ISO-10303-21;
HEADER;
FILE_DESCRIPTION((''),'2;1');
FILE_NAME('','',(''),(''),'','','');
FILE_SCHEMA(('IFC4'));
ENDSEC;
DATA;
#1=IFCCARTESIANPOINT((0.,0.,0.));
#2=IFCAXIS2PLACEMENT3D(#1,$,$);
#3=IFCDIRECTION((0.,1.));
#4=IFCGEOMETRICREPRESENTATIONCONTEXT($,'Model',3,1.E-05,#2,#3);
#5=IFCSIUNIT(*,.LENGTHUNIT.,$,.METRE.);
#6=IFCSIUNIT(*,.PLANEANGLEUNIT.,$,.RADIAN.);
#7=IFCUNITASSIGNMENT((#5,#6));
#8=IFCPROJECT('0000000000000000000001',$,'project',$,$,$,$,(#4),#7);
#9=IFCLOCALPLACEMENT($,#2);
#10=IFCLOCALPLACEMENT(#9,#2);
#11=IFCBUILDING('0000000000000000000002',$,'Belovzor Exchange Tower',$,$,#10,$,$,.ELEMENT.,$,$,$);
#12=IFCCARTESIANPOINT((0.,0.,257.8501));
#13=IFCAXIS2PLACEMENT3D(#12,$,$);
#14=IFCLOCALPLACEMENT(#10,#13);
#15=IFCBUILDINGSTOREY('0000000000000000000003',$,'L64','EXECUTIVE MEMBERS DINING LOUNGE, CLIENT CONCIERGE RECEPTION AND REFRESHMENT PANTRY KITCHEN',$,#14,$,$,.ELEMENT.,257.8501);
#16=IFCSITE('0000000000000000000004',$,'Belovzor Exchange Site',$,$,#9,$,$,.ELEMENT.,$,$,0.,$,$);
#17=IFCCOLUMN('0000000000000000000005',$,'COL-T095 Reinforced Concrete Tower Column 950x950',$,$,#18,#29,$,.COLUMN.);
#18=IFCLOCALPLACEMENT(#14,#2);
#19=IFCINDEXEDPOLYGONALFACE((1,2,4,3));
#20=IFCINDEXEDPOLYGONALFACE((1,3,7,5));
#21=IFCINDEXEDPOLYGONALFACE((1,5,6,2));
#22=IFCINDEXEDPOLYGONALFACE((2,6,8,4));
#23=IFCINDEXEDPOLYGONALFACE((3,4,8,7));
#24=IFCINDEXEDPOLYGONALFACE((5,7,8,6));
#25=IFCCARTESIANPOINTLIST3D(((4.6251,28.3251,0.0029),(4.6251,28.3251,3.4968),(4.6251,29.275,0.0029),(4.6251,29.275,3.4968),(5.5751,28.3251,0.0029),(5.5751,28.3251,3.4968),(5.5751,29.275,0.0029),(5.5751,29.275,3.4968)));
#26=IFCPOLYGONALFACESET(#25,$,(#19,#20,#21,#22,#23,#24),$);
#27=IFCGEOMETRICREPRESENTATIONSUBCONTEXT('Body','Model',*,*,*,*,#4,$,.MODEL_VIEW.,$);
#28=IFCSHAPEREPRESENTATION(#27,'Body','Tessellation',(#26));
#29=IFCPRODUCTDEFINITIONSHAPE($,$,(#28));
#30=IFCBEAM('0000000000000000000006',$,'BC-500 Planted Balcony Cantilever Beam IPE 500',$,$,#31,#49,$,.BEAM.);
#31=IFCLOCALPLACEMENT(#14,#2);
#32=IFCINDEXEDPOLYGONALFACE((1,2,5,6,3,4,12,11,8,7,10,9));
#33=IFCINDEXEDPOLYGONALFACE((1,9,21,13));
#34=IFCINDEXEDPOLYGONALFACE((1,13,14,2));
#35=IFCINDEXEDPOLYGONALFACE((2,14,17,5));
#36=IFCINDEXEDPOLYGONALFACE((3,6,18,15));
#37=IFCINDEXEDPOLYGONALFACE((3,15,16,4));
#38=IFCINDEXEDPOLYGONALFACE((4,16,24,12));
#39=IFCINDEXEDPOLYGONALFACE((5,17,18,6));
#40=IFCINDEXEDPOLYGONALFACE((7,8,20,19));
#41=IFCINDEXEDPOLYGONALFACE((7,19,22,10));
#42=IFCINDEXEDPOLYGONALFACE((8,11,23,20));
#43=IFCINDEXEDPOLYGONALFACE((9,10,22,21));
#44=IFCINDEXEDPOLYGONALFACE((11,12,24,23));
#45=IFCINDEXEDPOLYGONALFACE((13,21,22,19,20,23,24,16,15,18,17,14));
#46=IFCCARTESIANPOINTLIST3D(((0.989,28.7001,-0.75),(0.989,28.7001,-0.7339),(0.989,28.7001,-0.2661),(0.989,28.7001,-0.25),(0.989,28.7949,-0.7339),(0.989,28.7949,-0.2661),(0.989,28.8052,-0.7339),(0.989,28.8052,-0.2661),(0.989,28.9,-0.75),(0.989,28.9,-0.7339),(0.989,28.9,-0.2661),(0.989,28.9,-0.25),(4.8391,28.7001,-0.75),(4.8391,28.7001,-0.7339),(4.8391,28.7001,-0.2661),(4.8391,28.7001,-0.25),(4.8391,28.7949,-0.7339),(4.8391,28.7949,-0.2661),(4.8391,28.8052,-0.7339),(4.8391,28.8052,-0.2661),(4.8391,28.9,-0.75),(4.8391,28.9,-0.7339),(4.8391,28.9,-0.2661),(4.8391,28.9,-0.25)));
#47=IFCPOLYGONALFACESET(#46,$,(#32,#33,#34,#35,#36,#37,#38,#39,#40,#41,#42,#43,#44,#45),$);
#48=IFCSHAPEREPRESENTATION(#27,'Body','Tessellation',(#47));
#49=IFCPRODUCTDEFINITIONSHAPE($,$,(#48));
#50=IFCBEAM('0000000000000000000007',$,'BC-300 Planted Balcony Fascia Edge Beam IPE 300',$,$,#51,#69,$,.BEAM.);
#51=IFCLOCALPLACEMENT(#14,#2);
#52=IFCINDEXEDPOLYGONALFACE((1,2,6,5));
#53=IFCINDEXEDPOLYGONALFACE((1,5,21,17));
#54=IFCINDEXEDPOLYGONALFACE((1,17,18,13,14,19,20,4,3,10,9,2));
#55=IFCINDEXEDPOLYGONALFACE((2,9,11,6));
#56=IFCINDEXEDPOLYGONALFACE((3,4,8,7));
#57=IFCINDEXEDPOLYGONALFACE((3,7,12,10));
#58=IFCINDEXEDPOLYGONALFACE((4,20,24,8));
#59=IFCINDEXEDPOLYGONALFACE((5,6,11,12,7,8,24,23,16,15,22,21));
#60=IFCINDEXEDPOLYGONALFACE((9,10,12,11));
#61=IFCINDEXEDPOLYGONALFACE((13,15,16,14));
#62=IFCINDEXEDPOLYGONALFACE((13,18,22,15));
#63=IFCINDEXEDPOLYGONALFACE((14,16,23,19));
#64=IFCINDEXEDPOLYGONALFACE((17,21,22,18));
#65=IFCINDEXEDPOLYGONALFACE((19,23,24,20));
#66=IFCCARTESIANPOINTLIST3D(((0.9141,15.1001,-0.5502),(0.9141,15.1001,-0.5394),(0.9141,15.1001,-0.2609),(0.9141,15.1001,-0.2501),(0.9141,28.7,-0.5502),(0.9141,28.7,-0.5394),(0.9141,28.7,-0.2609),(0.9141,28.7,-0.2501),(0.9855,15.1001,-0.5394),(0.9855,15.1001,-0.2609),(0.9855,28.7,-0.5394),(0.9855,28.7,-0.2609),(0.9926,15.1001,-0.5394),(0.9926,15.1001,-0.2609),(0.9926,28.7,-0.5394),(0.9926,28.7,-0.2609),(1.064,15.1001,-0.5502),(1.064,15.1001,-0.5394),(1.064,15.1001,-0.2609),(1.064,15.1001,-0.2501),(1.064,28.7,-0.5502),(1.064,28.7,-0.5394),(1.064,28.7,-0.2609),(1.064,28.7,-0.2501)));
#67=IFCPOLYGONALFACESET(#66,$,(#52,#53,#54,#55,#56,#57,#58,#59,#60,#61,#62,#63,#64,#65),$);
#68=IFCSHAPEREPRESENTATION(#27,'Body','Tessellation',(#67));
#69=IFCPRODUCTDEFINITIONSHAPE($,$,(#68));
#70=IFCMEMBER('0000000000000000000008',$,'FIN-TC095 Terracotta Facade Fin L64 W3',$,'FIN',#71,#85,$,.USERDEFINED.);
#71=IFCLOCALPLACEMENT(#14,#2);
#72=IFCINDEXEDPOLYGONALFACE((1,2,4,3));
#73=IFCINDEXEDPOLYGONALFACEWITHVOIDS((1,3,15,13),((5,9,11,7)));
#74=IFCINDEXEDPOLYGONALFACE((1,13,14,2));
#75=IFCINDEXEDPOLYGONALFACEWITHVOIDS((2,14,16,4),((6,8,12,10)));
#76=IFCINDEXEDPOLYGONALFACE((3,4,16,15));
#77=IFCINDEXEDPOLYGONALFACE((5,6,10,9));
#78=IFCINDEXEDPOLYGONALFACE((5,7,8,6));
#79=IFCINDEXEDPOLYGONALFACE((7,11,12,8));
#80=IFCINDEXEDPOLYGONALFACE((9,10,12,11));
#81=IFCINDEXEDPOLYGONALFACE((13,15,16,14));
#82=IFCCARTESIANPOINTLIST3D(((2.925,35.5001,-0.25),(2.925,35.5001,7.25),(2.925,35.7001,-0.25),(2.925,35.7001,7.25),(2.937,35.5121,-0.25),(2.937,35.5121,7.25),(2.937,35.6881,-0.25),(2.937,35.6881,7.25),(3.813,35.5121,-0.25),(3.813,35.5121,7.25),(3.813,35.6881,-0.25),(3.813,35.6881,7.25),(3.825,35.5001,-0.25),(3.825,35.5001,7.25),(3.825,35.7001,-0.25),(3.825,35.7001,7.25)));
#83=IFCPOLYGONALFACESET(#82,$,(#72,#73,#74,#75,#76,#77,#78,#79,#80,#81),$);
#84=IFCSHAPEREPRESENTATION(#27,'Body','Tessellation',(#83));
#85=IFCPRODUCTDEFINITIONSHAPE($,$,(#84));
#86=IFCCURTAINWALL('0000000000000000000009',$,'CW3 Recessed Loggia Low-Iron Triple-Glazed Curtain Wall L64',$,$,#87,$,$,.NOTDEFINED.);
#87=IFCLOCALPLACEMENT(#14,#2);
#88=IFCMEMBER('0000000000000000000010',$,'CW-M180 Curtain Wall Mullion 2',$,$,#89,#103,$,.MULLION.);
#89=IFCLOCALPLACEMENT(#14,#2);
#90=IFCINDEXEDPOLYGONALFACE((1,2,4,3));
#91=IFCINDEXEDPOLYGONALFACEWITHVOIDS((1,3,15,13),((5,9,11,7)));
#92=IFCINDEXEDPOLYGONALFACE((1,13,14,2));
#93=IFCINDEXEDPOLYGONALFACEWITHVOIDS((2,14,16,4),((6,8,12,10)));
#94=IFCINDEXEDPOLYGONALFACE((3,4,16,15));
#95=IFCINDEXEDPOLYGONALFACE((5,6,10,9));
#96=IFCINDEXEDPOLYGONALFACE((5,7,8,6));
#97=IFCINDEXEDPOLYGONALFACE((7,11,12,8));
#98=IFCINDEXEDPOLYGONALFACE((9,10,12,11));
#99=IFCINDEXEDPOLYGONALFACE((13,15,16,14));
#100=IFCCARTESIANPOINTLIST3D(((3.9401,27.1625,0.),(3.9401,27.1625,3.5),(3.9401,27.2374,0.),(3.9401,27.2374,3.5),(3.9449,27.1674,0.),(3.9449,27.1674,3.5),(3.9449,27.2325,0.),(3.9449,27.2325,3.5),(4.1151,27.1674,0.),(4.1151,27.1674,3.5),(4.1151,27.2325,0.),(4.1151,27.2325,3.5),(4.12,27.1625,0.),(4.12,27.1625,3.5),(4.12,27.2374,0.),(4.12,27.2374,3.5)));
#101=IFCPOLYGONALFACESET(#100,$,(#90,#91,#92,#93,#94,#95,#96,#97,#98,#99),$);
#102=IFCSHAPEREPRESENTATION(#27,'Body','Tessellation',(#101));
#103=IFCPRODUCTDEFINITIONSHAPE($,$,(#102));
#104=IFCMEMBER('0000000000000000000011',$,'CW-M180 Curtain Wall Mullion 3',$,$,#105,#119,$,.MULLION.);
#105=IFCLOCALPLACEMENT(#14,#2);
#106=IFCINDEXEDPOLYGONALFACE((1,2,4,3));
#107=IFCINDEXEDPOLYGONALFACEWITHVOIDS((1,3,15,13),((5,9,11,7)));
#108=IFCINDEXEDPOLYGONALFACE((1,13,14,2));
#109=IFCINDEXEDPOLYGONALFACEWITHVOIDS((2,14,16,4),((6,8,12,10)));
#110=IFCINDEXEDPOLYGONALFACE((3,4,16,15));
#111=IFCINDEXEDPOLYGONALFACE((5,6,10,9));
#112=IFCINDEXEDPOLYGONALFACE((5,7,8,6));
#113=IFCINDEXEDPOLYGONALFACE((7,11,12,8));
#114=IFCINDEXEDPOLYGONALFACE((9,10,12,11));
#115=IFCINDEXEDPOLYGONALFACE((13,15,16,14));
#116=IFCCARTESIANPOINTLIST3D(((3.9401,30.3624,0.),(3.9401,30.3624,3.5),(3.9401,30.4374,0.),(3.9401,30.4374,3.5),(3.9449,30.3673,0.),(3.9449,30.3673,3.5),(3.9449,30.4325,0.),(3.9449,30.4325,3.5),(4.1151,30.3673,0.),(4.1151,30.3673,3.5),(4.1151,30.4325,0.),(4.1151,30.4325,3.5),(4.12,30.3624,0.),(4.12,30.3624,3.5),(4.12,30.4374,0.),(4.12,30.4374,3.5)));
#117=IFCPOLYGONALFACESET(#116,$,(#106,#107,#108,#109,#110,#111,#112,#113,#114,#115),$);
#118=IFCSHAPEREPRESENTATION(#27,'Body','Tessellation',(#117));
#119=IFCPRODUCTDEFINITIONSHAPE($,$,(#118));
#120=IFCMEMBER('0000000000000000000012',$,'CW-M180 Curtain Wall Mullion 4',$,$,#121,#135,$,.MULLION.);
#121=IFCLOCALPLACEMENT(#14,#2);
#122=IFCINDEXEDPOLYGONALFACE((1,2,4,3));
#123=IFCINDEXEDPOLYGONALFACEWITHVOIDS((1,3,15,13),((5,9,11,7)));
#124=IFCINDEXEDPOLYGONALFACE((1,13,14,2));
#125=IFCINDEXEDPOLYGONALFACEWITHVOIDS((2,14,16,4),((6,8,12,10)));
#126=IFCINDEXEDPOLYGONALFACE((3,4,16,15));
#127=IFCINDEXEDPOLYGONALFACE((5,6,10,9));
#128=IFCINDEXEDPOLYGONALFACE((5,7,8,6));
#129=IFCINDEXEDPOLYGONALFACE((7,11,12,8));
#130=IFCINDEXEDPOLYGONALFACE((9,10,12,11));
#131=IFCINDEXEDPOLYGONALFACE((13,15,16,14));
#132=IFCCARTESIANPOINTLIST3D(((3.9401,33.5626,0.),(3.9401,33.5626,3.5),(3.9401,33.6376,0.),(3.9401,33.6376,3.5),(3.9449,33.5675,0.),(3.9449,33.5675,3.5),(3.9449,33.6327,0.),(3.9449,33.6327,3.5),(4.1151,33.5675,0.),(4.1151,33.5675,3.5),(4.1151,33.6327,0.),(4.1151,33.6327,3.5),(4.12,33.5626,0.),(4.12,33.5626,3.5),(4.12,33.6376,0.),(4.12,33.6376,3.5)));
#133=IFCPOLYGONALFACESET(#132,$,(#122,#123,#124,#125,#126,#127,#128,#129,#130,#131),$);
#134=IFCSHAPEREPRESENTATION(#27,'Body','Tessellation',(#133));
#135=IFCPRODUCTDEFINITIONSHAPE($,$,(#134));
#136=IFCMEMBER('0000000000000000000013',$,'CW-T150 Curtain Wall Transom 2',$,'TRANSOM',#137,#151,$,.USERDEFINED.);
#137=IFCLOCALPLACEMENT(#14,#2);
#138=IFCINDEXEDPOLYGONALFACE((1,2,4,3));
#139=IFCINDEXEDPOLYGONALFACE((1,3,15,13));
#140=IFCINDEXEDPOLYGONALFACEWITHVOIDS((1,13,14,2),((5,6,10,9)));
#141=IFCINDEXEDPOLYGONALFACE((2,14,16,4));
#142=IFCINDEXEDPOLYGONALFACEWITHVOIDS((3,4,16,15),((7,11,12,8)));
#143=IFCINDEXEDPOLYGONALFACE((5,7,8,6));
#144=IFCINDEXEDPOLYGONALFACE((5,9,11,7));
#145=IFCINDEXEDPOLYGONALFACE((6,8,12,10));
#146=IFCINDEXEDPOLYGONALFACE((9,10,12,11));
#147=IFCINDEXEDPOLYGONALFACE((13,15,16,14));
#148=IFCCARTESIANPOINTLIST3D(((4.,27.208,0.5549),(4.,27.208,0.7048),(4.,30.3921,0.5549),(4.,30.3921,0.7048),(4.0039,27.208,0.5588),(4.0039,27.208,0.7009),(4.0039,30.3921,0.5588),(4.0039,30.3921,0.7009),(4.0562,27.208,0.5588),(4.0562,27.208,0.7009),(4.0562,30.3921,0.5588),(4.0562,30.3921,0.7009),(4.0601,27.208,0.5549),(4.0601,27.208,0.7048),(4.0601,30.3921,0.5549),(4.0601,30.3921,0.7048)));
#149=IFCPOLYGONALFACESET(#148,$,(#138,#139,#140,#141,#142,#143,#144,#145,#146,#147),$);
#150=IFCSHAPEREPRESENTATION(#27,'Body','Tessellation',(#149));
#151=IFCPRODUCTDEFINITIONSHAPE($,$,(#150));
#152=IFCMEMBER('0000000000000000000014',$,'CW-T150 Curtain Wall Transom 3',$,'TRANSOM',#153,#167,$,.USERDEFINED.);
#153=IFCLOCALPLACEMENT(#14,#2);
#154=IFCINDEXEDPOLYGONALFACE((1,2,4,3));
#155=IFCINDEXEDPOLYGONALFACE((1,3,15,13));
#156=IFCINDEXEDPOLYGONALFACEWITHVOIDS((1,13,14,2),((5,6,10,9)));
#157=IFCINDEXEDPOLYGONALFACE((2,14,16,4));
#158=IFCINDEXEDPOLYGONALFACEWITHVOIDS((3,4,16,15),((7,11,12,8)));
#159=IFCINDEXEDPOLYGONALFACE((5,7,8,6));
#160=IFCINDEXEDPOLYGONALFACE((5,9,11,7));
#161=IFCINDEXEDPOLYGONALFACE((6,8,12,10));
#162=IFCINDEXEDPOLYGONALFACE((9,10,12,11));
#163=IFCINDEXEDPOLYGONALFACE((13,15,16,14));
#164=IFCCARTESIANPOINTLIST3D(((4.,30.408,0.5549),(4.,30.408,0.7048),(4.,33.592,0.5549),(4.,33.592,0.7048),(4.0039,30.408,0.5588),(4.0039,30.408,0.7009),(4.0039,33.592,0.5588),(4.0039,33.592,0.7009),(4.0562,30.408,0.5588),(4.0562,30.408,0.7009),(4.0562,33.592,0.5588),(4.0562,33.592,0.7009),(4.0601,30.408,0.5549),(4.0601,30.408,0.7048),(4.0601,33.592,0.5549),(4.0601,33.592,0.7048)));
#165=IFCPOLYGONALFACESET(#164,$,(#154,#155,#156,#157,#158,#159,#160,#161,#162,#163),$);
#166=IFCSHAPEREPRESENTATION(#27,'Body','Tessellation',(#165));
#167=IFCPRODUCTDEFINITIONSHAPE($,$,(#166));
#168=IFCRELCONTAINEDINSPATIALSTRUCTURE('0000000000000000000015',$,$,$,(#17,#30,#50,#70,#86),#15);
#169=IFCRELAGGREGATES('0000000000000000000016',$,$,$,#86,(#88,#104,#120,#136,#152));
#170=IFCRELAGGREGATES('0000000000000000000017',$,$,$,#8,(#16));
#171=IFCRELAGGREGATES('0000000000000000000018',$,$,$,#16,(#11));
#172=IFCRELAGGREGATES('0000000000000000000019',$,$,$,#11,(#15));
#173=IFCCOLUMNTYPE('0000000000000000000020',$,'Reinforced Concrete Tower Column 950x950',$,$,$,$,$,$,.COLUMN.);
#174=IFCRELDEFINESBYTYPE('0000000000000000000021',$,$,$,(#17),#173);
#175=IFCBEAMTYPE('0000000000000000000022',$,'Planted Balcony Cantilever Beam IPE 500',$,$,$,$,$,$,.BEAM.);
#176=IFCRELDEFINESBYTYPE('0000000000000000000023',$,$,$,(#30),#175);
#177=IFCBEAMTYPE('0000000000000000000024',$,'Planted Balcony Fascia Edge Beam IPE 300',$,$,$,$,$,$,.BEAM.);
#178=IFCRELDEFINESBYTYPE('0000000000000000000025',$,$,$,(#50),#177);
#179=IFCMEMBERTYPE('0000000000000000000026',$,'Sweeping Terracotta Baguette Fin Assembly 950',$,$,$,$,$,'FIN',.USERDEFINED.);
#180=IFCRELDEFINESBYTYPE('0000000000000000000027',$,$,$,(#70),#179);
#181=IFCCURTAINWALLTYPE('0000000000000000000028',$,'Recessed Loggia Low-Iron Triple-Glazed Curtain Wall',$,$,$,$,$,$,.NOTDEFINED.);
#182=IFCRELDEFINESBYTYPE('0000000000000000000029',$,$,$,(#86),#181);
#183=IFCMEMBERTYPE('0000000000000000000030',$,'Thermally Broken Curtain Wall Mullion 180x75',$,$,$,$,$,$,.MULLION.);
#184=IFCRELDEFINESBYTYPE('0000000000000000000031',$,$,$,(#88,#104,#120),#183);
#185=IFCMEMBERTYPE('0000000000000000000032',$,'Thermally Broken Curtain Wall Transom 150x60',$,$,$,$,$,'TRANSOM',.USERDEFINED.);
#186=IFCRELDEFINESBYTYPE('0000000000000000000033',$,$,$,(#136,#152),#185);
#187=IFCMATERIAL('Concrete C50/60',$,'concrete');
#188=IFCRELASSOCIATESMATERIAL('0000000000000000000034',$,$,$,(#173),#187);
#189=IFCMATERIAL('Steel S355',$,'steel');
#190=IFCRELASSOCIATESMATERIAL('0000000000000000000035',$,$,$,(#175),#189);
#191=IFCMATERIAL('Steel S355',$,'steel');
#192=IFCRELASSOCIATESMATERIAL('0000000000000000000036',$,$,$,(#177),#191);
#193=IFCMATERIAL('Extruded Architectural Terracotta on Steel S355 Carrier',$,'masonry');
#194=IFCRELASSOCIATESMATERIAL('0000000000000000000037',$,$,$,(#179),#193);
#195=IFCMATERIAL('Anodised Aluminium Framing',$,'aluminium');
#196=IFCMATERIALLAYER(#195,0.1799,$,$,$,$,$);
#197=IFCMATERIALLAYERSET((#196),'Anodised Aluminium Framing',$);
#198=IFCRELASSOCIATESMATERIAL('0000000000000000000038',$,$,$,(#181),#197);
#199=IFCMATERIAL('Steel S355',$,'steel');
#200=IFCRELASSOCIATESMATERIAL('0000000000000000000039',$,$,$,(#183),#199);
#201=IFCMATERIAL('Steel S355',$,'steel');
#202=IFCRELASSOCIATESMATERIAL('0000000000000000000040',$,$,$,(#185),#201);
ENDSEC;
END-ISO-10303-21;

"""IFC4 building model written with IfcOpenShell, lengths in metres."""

from ifc_helpers import new_model, si_unit, direction, frame, origin, origin_2d, place, context, subcontext, project, spatial, rectangle, hollow_rectangle, i_section, extrude, material, layer, layer_set, material_profile, profile_set, type_object, element, aggregate, save


model = new_model("IFC4")

# Units and contexts
model_context = context("Model", 3, precision=1e-05, world=origin(), true_north=direction((0.0, 1.0)))
body_context = subcontext(model_context, "Body", "Model", "MODEL_VIEW")
ifc_project = project(units=[si_unit("LENGTHUNIT", "METRE"), si_unit("PLANEANGLEUNIT", "RADIAN")], contexts=[model_context])

# Site, building, storey
site_placement = place(None, origin())
site = spatial("IfcSite", under=ifc_project, at=site_placement, Name="Belovzor Exchange Site", CompositionType="ELEMENT", RefElevation=0.0)
building_placement = place(site_placement, origin())
building = spatial("IfcBuilding", under=site, at=building_placement, Name="Belovzor Exchange Tower", CompositionType="ELEMENT")
storey_placement = place(building_placement, frame((0.0, 0.0, 257.8501)))
storey = spatial("IfcBuildingStorey", under=building, at=storey_placement, Name="L64", Description="EXECUTIVE MEMBERS DINING LOUNGE, CLIENT CONCIERGE RECEPTION AND REFRESHMENT PANTRY KITCHEN", CompositionType="ELEMENT", Elevation=257.8501)

# Column
ifc_material_1 = material(Name="Concrete C50/60", Category="concrete")
ifc_material_profile_1 = material_profile(ifc_material_1, rectangle(XDim=0.95, YDim=0.95, at=origin_2d()))
ifc_profile_set_1 = profile_set([ifc_material_profile_1], Name="Concrete C50/60")
column_type = type_object("IfcColumnType", Name="Reinforced Concrete Tower Column 950x950", PredefinedType="COLUMN", material=ifc_profile_set_1)
column_placement = place(storey_placement, frame((5.1001, 28.8, 0.0029), z_axis=(0.0, 0.0, 1.0), x_axis=(1.0, 0.0, 0.0)))
element("IfcColumn", 1, at=column_placement, inside=storey, type_object=column_type, Name="COL-T095 Reinforced Concrete Tower Column 950x950", PredefinedType="COLUMN", context=body_context, shape_type="SweptSolid", body=[
    extrude(rectangle(XDim=0.95, YDim=0.95, at=origin_2d()), origin(), (0.0, 0.0, 1.0), 3.4939),
])

# Beams
ifc_material_2 = material(Name="Steel S355", Category="steel")
ifc_material_profile_2 = material_profile(ifc_material_2, i_section(OverallWidth=0.2, OverallDepth=0.5, WebThickness=0.0103, FlangeThickness=0.0161, at=origin_2d()))
ifc_profile_set_2 = profile_set([ifc_material_profile_2], Name="Steel S355")
beam_type_1 = type_object("IfcBeamType", Name="Planted Balcony Cantilever Beam IPE 500", PredefinedType="BEAM", material=ifc_profile_set_2)
beam_1_placement = place(storey_placement, frame((4.8391, 28.8, -0.5), z_axis=(-1.0, 0.0, 0.0), x_axis=(0.0, -1.0, 0.0)))
element("IfcBeam", 2, at=beam_1_placement, inside=storey, type_object=beam_type_1, Name="BC-500 Planted Balcony Cantilever Beam IPE 500", PredefinedType="BEAM", context=body_context, shape_type="SweptSolid", body=[
    extrude(i_section(OverallWidth=0.2, OverallDepth=0.5, WebThickness=0.0103, FlangeThickness=0.0161, at=origin_2d()), origin(), (0.0, 0.0, 1.0), 3.8501),
])
ifc_material_3 = material(Name="Steel S355", Category="steel")
ifc_material_profile_3 = material_profile(ifc_material_3, i_section(OverallWidth=0.1499, OverallDepth=0.3, WebThickness=0.0071, FlangeThickness=0.0107, at=origin_2d()))
ifc_profile_set_3 = profile_set([ifc_material_profile_3], Name="Steel S355")
beam_type_2 = type_object("IfcBeamType", Name="Planted Balcony Fascia Edge Beam IPE 300", PredefinedType="BEAM", material=ifc_profile_set_3)
beam_2_placement = place(storey_placement, frame((0.989, 28.7, -0.4001), z_axis=(0.0, -1.0, 0.0), x_axis=(1.0, 0.0, 0.0)))
element("IfcBeam", 3, at=beam_2_placement, inside=storey, type_object=beam_type_2, Name="BC-300 Planted Balcony Fascia Edge Beam IPE 300", PredefinedType="BEAM", context=body_context, shape_type="SweptSolid", body=[
    extrude(i_section(OverallWidth=0.1499, OverallDepth=0.3, WebThickness=0.0071, FlangeThickness=0.0107, at=origin_2d()), origin(), (0.0, 0.0, 1.0), 13.5999),
])

# Member
ifc_material_4 = material(Name="Extruded Architectural Terracotta on Steel S355 Carrier", Category="masonry")
ifc_material_profile_4 = material_profile(ifc_material_4, hollow_rectangle(XDim=0.2, YDim=0.8999, WallThickness=0.012, at=origin_2d()))
ifc_profile_set_4 = profile_set([ifc_material_profile_4], Name="Extruded Architectural Terracotta on Steel S355 Carrier")
member_type_1 = type_object("IfcMemberType", Name="Sweeping Terracotta Baguette Fin Assembly 950", ElementType="FIN", PredefinedType="USERDEFINED", material=ifc_profile_set_4)
member_1_placement = place(storey_placement, frame((3.375, 35.6001, -0.25), z_axis=(0.0, 0.0, 1.0), x_axis=(0.0, 1.0, 0.0)))
element("IfcMember", 4, at=member_1_placement, inside=storey, type_object=member_type_1, Name="FIN-TC095 Terracotta Facade Fin L64 W3", ObjectType="FIN", PredefinedType="USERDEFINED", context=body_context, shape_type="SweptSolid", body=[
    extrude(hollow_rectangle(XDim=0.2, YDim=0.8999, WallThickness=0.012, at=origin_2d()), origin(), (0.0, 0.0, 1.0), 7.5),
])

# Curtain wall, members
ifc_material_5 = material(Name="Anodised Aluminium Framing", Category="aluminium")
ifc_layer_1 = layer(ifc_material_5, 0.1799)
ifc_layer_set_1 = layer_set([ifc_layer_1], Name="Anodised Aluminium Framing")
curtain_wall_type = type_object("IfcCurtainWallType", Name="Recessed Loggia Low-Iron Triple-Glazed Curtain Wall", PredefinedType="NOTDEFINED", material=ifc_layer_set_1)
curtain_wall_placement = place(storey_placement, origin())
curtain_wall = element("IfcCurtainWall", 5, at=curtain_wall_placement, inside=storey, type_object=curtain_wall_type, Name="CW3 Recessed Loggia Low-Iron Triple-Glazed Curtain Wall L64", PredefinedType="NOTDEFINED")
ifc_material_6 = material(Name="Steel S355", Category="steel")
ifc_material_profile_5 = material_profile(ifc_material_6, hollow_rectangle(XDim=0.075, YDim=0.1799, WallThickness=0.0049, at=origin_2d()))
ifc_profile_set_5 = profile_set([ifc_material_profile_5], Name="Steel S355")
member_type_2 = type_object("IfcMemberType", Name="Thermally Broken Curtain Wall Mullion 180x75", PredefinedType="MULLION", material=ifc_profile_set_5)
member_2_placement = place(storey_placement, frame((4.03, 27.2, 0.0), z_axis=(0.0, 0.0, 1.0), x_axis=(0.0, 1.0, 0.0)))
member_2 = element("IfcMember", 6, at=member_2_placement, type_object=member_type_2, Name="CW-M180 Curtain Wall Mullion 2", PredefinedType="MULLION", context=body_context, shape_type="SweptSolid", body=[
    extrude(hollow_rectangle(XDim=0.075, YDim=0.1799, WallThickness=0.0049, at=origin_2d()), origin(), (0.0, 0.0, 1.0), 3.5),
])
member_3_placement = place(storey_placement, frame((4.03, 30.3999, 0.0), z_axis=(0.0, 0.0, 1.0), x_axis=(0.0, 1.0, 0.0)))
member_3 = element("IfcMember", 7, at=member_3_placement, type_object=member_type_2, Name="CW-M180 Curtain Wall Mullion 3", PredefinedType="MULLION", context=body_context, shape_type="SweptSolid", body=[
    extrude(hollow_rectangle(XDim=0.075, YDim=0.1799, WallThickness=0.0049, at=origin_2d()), origin(), (0.0, 0.0, 1.0), 3.5),
])
member_4_placement = place(storey_placement, frame((4.03, 33.6001, 0.0), z_axis=(0.0, 0.0, 1.0), x_axis=(0.0, 1.0, 0.0)))
member_4 = element("IfcMember", 8, at=member_4_placement, type_object=member_type_2, Name="CW-M180 Curtain Wall Mullion 4", PredefinedType="MULLION", context=body_context, shape_type="SweptSolid", body=[
    extrude(hollow_rectangle(XDim=0.075, YDim=0.1799, WallThickness=0.0049, at=origin_2d()), origin(), (0.0, 0.0, 1.0), 3.5),
])
ifc_material_7 = material(Name="Steel S355", Category="steel")
ifc_material_profile_6 = material_profile(ifc_material_7, hollow_rectangle(XDim=0.0601, YDim=0.1499, WallThickness=0.0039, at=origin_2d()))
ifc_profile_set_6 = profile_set([ifc_material_profile_6], Name="Steel S355")
member_type_3 = type_object("IfcMemberType", Name="Thermally Broken Curtain Wall Transom 150x60", ElementType="TRANSOM", PredefinedType="USERDEFINED", material=ifc_profile_set_6)
member_5_placement = place(storey_placement, frame((4.03, 27.208, 0.6299), z_axis=(0.0, 1.0, 0.0), x_axis=(-1.0, 0.0, 0.0)))
member_5 = element("IfcMember", 9, at=member_5_placement, type_object=member_type_3, Name="CW-T150 Curtain Wall Transom 2", ObjectType="TRANSOM", PredefinedType="USERDEFINED", context=body_context, shape_type="SweptSolid", body=[
    extrude(hollow_rectangle(XDim=0.0601, YDim=0.1499, WallThickness=0.0039, at=origin_2d()), origin(), (0.0, 0.0, 1.0), 3.1841),
])
member_6_placement = place(storey_placement, frame((4.03, 30.408, 0.6299), z_axis=(0.0, 1.0, 0.0), x_axis=(-1.0, 0.0, 0.0)))
member_6 = element("IfcMember", 10, at=member_6_placement, type_object=member_type_3, Name="CW-T150 Curtain Wall Transom 3", ObjectType="TRANSOM", PredefinedType="USERDEFINED", context=body_context, shape_type="SweptSolid", body=[
    extrude(hollow_rectangle(XDim=0.0601, YDim=0.1499, WallThickness=0.0039, at=origin_2d()), origin(), (0.0, 0.0, 1.0), 3.1841),
])

aggregate(curtain_wall, [member_2, member_3, member_4, member_5, member_6])

save(model, "model.ifc")
